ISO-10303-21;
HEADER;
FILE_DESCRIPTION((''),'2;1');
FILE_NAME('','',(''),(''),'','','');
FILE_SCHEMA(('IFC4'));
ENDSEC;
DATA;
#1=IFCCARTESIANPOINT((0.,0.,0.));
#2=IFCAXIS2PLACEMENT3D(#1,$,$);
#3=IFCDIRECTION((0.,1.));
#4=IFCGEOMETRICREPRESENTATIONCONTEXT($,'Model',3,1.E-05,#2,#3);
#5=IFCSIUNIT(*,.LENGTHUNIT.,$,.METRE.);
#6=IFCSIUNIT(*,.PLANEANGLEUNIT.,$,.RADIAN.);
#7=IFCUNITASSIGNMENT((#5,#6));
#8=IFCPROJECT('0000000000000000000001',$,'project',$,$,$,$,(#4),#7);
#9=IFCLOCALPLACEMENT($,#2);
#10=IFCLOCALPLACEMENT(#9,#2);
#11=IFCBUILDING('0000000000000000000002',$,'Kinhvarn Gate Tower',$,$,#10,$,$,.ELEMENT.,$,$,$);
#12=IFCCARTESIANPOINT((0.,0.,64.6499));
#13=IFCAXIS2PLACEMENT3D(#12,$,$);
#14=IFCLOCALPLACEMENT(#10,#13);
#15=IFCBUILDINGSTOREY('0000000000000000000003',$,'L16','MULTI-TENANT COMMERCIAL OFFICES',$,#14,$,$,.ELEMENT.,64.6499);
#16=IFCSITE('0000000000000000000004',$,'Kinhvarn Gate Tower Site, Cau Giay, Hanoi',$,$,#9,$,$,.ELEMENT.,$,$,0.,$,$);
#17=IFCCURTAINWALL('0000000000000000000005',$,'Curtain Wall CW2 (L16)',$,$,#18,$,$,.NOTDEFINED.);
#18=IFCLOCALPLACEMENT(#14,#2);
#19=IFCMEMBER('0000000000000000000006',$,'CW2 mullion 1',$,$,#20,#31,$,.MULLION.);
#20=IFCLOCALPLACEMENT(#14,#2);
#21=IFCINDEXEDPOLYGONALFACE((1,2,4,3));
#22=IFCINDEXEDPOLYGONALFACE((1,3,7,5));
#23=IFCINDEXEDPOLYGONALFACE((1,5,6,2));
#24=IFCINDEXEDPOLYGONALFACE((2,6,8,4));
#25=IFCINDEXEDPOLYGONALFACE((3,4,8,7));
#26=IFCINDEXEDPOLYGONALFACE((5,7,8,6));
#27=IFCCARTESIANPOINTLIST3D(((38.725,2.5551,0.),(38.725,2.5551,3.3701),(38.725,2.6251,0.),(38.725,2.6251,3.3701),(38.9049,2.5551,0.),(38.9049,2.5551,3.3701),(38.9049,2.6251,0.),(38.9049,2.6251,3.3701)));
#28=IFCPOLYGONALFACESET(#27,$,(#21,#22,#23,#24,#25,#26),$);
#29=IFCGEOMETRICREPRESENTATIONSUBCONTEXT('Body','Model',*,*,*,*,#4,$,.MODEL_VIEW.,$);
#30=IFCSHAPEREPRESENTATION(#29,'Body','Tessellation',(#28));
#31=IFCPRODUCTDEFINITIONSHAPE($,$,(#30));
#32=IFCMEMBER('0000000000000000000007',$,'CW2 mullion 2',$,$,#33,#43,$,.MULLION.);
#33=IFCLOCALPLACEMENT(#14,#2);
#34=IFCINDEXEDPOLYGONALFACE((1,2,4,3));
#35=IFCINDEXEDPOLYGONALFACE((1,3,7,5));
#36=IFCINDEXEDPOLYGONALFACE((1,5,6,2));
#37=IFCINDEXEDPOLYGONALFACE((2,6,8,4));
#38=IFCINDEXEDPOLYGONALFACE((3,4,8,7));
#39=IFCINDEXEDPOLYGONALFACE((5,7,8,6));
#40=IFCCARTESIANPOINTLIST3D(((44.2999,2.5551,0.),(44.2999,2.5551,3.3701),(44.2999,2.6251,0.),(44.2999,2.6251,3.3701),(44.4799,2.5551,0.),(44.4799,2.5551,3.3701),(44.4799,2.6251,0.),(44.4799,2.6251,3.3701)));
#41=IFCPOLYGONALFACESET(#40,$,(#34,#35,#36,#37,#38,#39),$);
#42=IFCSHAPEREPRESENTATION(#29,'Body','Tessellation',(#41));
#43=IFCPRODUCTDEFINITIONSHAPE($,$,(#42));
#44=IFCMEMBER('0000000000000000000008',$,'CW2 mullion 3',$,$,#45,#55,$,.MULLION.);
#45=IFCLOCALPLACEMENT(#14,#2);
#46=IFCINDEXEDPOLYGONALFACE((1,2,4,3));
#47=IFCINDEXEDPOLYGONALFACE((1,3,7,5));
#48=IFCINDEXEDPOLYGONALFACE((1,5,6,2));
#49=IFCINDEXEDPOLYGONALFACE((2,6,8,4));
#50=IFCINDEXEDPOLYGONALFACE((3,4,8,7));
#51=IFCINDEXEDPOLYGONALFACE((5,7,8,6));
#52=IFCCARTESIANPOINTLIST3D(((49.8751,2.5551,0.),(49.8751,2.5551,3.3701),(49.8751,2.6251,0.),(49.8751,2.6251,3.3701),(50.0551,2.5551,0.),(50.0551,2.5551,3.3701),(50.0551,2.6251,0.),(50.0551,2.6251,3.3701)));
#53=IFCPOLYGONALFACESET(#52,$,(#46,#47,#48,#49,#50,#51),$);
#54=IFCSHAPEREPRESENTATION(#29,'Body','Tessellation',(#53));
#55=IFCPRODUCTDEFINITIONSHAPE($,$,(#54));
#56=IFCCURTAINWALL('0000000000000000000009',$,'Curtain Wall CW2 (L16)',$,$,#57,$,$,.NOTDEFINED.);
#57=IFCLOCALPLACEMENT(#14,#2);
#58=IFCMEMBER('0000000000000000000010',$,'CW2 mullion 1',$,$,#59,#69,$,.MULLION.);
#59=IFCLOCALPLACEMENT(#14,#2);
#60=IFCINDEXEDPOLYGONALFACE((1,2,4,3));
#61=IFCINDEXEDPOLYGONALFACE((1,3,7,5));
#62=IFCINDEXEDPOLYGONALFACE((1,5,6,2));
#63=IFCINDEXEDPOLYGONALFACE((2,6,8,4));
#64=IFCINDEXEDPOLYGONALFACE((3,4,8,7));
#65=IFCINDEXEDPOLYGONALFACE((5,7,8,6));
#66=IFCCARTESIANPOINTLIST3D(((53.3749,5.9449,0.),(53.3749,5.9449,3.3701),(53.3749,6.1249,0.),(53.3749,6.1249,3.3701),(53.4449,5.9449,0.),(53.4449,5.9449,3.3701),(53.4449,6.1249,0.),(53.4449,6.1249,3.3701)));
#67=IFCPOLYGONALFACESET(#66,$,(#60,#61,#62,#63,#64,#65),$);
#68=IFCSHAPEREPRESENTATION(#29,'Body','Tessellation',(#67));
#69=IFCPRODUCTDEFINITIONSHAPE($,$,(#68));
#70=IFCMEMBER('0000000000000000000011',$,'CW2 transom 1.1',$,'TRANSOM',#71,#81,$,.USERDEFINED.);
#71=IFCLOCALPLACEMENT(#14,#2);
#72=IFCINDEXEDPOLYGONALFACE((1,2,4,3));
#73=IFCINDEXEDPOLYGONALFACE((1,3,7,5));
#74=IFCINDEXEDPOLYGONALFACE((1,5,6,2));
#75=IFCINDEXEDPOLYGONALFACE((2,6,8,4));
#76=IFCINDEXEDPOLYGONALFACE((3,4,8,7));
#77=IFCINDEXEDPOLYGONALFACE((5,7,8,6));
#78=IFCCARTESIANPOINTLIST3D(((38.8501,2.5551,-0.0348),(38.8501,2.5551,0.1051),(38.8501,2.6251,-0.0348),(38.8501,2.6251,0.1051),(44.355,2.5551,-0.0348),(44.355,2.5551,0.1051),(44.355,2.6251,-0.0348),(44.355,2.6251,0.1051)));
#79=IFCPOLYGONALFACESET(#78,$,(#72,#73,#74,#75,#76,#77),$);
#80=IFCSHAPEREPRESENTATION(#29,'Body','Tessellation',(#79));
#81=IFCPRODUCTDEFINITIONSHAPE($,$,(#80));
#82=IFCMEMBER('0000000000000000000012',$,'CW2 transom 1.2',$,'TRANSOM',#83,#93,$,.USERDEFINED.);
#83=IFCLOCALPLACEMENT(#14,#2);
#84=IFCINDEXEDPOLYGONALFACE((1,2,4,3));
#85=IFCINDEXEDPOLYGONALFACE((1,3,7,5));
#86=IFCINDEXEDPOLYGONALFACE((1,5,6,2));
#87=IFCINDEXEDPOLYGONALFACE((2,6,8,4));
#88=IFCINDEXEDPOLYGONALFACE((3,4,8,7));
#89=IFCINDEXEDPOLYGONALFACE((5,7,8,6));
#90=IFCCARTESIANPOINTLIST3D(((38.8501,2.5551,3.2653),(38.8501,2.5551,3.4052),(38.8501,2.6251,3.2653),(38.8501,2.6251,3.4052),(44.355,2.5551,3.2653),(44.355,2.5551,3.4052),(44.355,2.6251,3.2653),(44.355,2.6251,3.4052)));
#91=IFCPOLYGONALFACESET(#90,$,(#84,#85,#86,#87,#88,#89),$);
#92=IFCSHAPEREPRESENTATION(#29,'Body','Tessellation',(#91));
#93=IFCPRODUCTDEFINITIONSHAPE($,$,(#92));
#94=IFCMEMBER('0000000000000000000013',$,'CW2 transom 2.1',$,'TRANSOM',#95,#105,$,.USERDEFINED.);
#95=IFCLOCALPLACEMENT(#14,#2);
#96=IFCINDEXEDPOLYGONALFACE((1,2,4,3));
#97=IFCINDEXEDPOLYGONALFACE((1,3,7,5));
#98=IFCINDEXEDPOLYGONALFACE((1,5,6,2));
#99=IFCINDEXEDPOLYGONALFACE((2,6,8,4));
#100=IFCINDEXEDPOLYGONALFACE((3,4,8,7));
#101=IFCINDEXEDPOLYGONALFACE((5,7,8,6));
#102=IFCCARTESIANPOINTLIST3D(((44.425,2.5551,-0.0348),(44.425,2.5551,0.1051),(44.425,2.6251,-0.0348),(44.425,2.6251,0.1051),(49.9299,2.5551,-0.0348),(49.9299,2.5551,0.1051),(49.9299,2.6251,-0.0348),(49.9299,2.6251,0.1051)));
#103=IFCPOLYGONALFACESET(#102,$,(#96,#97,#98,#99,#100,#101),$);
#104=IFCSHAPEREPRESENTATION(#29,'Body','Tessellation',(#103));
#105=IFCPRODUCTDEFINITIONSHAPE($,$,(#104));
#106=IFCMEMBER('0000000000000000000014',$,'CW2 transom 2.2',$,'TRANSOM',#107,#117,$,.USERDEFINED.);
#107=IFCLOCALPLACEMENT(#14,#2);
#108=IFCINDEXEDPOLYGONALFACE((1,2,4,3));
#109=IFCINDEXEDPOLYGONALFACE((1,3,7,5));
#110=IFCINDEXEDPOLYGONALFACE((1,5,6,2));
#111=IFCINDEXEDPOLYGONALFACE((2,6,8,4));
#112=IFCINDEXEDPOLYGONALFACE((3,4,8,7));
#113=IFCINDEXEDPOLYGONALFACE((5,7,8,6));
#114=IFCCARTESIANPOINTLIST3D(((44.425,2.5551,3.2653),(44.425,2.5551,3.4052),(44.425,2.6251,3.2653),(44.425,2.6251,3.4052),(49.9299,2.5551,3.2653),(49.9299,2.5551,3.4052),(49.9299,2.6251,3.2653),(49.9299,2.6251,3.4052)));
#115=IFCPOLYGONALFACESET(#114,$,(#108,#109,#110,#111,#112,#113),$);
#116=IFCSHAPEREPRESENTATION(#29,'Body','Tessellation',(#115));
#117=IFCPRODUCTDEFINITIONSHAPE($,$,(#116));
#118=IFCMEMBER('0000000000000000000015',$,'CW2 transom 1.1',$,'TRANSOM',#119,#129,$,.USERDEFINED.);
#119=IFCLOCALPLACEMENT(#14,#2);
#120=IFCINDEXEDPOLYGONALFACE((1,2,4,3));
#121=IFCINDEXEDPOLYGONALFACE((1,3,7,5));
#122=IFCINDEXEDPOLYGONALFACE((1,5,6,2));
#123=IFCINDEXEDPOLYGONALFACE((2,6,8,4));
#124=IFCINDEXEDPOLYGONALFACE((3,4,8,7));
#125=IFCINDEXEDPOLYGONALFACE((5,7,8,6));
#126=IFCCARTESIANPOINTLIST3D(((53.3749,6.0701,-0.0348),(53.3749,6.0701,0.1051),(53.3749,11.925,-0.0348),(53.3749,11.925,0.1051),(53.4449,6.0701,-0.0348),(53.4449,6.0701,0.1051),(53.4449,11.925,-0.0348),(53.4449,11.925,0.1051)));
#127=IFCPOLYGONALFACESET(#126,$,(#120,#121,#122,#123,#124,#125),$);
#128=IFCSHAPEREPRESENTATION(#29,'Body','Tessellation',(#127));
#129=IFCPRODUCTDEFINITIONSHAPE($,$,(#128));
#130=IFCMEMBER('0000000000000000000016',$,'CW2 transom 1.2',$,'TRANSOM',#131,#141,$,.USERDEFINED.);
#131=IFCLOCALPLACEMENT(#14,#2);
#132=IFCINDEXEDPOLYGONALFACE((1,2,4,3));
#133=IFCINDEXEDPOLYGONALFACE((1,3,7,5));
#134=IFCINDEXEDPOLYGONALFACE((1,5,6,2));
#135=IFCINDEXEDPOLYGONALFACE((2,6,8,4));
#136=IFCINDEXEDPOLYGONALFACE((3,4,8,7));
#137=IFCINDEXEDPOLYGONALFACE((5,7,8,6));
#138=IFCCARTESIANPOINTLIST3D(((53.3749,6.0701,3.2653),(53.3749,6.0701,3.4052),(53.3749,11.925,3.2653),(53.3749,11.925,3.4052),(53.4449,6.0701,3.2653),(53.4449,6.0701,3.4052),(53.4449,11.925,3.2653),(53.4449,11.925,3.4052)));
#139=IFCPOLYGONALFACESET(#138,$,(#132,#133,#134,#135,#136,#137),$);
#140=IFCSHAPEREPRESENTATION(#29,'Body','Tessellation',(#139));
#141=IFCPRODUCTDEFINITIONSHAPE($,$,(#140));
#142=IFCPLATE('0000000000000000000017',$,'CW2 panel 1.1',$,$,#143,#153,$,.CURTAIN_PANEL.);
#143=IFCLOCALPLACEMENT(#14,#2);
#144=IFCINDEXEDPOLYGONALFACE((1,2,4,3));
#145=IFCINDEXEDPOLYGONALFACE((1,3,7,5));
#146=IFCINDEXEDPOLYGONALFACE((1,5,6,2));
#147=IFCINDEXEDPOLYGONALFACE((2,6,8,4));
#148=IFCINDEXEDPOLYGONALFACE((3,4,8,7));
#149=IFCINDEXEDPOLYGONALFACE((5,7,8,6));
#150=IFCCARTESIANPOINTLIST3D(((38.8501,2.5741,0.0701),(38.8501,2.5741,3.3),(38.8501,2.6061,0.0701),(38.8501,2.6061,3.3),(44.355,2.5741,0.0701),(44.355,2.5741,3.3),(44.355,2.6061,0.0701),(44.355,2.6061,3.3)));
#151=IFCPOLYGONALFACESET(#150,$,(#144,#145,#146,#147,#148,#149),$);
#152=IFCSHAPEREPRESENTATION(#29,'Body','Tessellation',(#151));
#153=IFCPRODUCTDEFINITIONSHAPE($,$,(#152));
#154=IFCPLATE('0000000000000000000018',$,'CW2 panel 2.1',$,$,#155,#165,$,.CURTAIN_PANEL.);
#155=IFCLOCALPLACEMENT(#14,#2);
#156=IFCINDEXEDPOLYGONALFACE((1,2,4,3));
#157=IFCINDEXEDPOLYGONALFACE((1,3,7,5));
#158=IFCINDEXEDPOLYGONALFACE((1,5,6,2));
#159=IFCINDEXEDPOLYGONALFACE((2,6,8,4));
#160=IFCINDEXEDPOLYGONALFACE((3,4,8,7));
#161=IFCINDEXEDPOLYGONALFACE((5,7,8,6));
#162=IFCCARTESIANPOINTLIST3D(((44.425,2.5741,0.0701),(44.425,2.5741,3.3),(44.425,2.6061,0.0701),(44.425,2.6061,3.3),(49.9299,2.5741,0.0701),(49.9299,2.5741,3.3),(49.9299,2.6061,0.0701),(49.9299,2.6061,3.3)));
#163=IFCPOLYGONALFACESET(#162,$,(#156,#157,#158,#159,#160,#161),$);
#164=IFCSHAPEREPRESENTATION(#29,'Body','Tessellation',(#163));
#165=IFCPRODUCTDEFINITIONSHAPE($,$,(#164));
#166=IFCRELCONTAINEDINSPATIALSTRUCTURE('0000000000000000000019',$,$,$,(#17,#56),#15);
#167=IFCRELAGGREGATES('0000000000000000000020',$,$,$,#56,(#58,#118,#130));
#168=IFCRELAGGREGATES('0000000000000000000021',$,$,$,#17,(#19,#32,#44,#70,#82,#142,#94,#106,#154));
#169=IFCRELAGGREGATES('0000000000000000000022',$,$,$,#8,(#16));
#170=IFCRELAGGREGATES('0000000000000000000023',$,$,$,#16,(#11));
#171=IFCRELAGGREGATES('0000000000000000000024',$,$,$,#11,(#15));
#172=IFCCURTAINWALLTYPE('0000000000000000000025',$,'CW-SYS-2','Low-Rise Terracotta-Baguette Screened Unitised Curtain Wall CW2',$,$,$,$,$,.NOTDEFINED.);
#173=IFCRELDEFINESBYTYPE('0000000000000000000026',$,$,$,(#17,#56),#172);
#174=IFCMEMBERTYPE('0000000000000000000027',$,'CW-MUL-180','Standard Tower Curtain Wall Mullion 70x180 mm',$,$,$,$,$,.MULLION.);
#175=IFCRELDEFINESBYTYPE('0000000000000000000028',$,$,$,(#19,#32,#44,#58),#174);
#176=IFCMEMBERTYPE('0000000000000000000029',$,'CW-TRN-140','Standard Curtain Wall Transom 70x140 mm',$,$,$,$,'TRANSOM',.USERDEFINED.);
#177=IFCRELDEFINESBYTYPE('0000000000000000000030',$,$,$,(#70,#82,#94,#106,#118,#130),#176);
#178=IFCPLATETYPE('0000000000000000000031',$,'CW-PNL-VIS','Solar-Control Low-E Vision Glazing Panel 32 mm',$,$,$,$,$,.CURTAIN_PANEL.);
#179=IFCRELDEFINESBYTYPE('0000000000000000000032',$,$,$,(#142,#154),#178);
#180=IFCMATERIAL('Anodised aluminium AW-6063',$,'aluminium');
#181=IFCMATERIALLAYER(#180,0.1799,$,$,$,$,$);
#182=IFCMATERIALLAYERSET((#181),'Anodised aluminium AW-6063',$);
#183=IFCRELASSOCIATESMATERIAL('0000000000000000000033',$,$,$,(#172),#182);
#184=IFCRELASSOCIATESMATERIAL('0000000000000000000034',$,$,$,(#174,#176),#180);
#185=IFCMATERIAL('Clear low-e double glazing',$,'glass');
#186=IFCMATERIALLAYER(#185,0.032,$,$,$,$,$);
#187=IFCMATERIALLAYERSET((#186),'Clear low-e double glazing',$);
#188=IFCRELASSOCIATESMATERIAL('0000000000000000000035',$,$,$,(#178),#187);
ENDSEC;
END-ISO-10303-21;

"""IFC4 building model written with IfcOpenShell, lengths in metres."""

from ifc_helpers import new_model, si_unit, direction, frame, origin, origin_2d, place, context, subcontext, project, spatial, rectangle, extrude, material, layer, layer_set, material_profile, profile_set, type_object, element, aggregate, save


model = new_model("IFC4")

# Units and contexts
model_context = context("Model", 3, precision=1e-05, world=origin(), true_north=direction((0.0, 1.0)))
body_context = subcontext(model_context, "Body", "Model", "MODEL_VIEW")
ifc_project = project(units=[si_unit("LENGTHUNIT", "METRE"), si_unit("PLANEANGLEUNIT", "RADIAN")], contexts=[model_context])

# Site, building, storey
site_placement = place(None, origin())
site = spatial("IfcSite", under=ifc_project, at=site_placement, Name="Kinhvarn Gate Tower Site, Cau Giay, Hanoi", CompositionType="ELEMENT", RefElevation=0.0)
building_placement = place(site_placement, origin())
building = spatial("IfcBuilding", under=site, at=building_placement, Name="Kinhvarn Gate Tower", CompositionType="ELEMENT")
storey_placement = place(building_placement, frame((0.0, 0.0, 64.6499)))
storey = spatial("IfcBuildingStorey", under=building, at=storey_placement, Name="L16", Description="MULTI-TENANT COMMERCIAL OFFICES", CompositionType="ELEMENT", Elevation=64.6499)

# Curtain wall, members
ifc_material_1 = material(Name="Anodised aluminium AW-6063", Category="aluminium")
ifc_layer_1 = layer(ifc_material_1, 0.1799)
ifc_layer_set_1 = layer_set([ifc_layer_1], Name="Anodised aluminium AW-6063")
curtain_wall_type = type_object("IfcCurtainWallType", Name="CW-SYS-2", Description="Low-Rise Terracotta-Baguette Screened Unitised Curtain Wall CW2", PredefinedType="NOTDEFINED", material=ifc_layer_set_1)
curtain_wall_1_placement = place(storey_placement, origin())
curtain_wall_1 = element("IfcCurtainWall", 1, at=curtain_wall_1_placement, inside=storey, type_object=curtain_wall_type, Name="Curtain Wall CW2 (L16)", PredefinedType="NOTDEFINED")
ifc_material_profile_1 = material_profile(ifc_material_1, rectangle(XDim=0.0701, YDim=0.1799, at=origin_2d()), Name="ALU 70x180")
ifc_profile_set_1 = profile_set([ifc_material_profile_1], Name="Anodised aluminium AW-6063")
member_type_1 = type_object("IfcMemberType", Name="CW-MUL-180", Description="Standard Tower Curtain Wall Mullion 70x180 mm", PredefinedType="MULLION", material=ifc_profile_set_1)
member_1_placement = place(storey_placement, frame((38.8149, 2.5901, 0.0), z_axis=(0.0, 0.0, 1.0), x_axis=(0.0, 1.0, 0.0)))
member_1 = element("IfcMember", 2, at=member_1_placement, type_object=member_type_1, Name="CW2 mullion 1", PredefinedType="MULLION", context=body_context, shape_type="SweptSolid", body=[
    extrude(rectangle(XDim=0.0701, YDim=0.1799, at=origin_2d()), origin(), (0.0, 0.0, 1.0), 3.3701),
])
member_2_placement = place(storey_placement, frame((44.3899, 2.5901, 0.0), z_axis=(0.0, 0.0, 1.0), x_axis=(0.0, 1.0, 0.0)))
member_2 = element("IfcMember", 3, at=member_2_placement, type_object=member_type_1, Name="CW2 mullion 2", PredefinedType="MULLION", context=body_context, shape_type="SweptSolid", body=[
    extrude(rectangle(XDim=0.0701, YDim=0.1799, at=origin_2d()), origin(), (0.0, 0.0, 1.0), 3.3701),
])
member_3_placement = place(storey_placement, frame((49.9651, 2.5901, 0.0), z_axis=(0.0, 0.0, 1.0), x_axis=(0.0, 1.0, 0.0)))
member_3 = element("IfcMember", 4, at=member_3_placement, type_object=member_type_1, Name="CW2 mullion 3", PredefinedType="MULLION", context=body_context, shape_type="SweptSolid", body=[
    extrude(rectangle(XDim=0.0701, YDim=0.1799, at=origin_2d()), origin(), (0.0, 0.0, 1.0), 3.3701),
])

# Curtain wall, member
curtain_wall_2_placement = place(storey_placement, origin())
curtain_wall_2 = element("IfcCurtainWall", 5, at=curtain_wall_2_placement, inside=storey, type_object=curtain_wall_type, Name="Curtain Wall CW2 (L16)", PredefinedType="NOTDEFINED")
member_4_placement = place(storey_placement, frame((53.4099, 6.0349, 0.0), z_axis=(0.0, 0.0, 1.0), x_axis=(-1.0, 0.0, 0.0)))
member_4 = element("IfcMember", 6, at=member_4_placement, type_object=member_type_1, Name="CW2 mullion 1", PredefinedType="MULLION", context=body_context, shape_type="SweptSolid", body=[
    extrude(rectangle(XDim=0.0701, YDim=0.1799, at=origin_2d()), origin(), (0.0, 0.0, 1.0), 3.3701),
])

# Members
ifc_material_profile_2 = material_profile(ifc_material_1, rectangle(XDim=0.0701, YDim=0.1399, at=origin_2d()), Name="ALU 70x140")
ifc_profile_set_2 = profile_set([ifc_material_profile_2], Name="Anodised aluminium AW-6063")
member_type_2 = type_object("IfcMemberType", Name="CW-TRN-140", Description="Standard Curtain Wall Transom 70x140 mm", ElementType="TRANSOM", PredefinedType="USERDEFINED", material=ifc_profile_set_2)
member_5_placement = place(storey_placement, frame((38.8501, 2.5901, 0.0352), z_axis=(1.0, 0.0, 0.0), x_axis=(0.0, 1.0, 0.0)))
member_5 = element("IfcMember", 7, at=member_5_placement, type_object=member_type_2, Name="CW2 transom 1.1", ObjectType="TRANSOM", PredefinedType="USERDEFINED", context=body_context, shape_type="SweptSolid", body=[
    extrude(rectangle(XDim=0.0701, YDim=0.1399, at=origin_2d()), origin(), (0.0, 0.0, 1.0), 5.5049),
])
member_6_placement = place(storey_placement, frame((38.8501, 2.5901, 3.3352), z_axis=(1.0, 0.0, 0.0), x_axis=(0.0, 1.0, 0.0)))
member_6 = element("IfcMember", 8, at=member_6_placement, type_object=member_type_2, Name="CW2 transom 1.2", ObjectType="TRANSOM", PredefinedType="USERDEFINED", context=body_context, shape_type="SweptSolid", body=[
    extrude(rectangle(XDim=0.0701, YDim=0.1399, at=origin_2d()), origin(), (0.0, 0.0, 1.0), 5.5049),
])
member_7_placement = place(storey_placement, frame((44.425, 2.5901, 0.0352), z_axis=(1.0, 0.0, 0.0), x_axis=(0.0, 1.0, 0.0)))
member_7 = element("IfcMember", 9, at=member_7_placement, type_object=member_type_2, Name="CW2 transom 2.1", ObjectType="TRANSOM", PredefinedType="USERDEFINED", context=body_context, shape_type="SweptSolid", body=[
    extrude(rectangle(XDim=0.0701, YDim=0.1399, at=origin_2d()), origin(), (0.0, 0.0, 1.0), 5.5049),
])
member_8_placement = place(storey_placement, frame((44.425, 2.5901, 3.3352), z_axis=(1.0, 0.0, 0.0), x_axis=(0.0, 1.0, 0.0)))
member_8 = element("IfcMember", 10, at=member_8_placement, type_object=member_type_2, Name="CW2 transom 2.2", ObjectType="TRANSOM", PredefinedType="USERDEFINED", context=body_context, shape_type="SweptSolid", body=[
    extrude(rectangle(XDim=0.0701, YDim=0.1399, at=origin_2d()), origin(), (0.0, 0.0, 1.0), 5.5049),
])
member_9_placement = place(storey_placement, frame((53.4099, 6.0701, 0.0352), z_axis=(0.0, 1.0, 0.0), x_axis=(-1.0, 0.0, 0.0)))
member_9 = element("IfcMember", 11, at=member_9_placement, type_object=member_type_2, Name="CW2 transom 1.1", ObjectType="TRANSOM", PredefinedType="USERDEFINED", context=body_context, shape_type="SweptSolid", body=[
    extrude(rectangle(XDim=0.0701, YDim=0.1399, at=origin_2d()), origin(), (0.0, 0.0, 1.0), 5.855),
])
member_10_placement = place(storey_placement, frame((53.4099, 6.0701, 3.3352), z_axis=(0.0, 1.0, 0.0), x_axis=(-1.0, 0.0, 0.0)))
member_10 = element("IfcMember", 12, at=member_10_placement, type_object=member_type_2, Name="CW2 transom 1.2", ObjectType="TRANSOM", PredefinedType="USERDEFINED", context=body_context, shape_type="SweptSolid", body=[
    extrude(rectangle(XDim=0.0701, YDim=0.1399, at=origin_2d()), origin(), (0.0, 0.0, 1.0), 5.855),
])
aggregate(curtain_wall_2, [member_4, member_9, member_10])

# Plates
ifc_material_2 = material(Name="Clear low-e double glazing", Category="glass")
ifc_layer_2 = layer(ifc_material_2, 0.032)
ifc_layer_set_2 = layer_set([ifc_layer_2], Name="Clear low-e double glazing")
plate_type = type_object("IfcPlateType", Name="CW-PNL-VIS", Description="Solar-Control Low-E Vision Glazing Panel 32 mm", PredefinedType="CURTAIN_PANEL", material=ifc_layer_set_2)
plate_1_placement = place(storey_placement, frame((41.6025, 2.5901, 0.0701), z_axis=(0.0, 0.0, 1.0), x_axis=(1.0, 0.0, 0.0)))
plate_1 = element("IfcPlate", 13, at=plate_1_placement, type_object=plate_type, Name="CW2 panel 1.1", PredefinedType="CURTAIN_PANEL", context=body_context, shape_type="SweptSolid", body=[
    extrude(rectangle(XDim=5.5049, YDim=0.032, at=origin_2d()), origin(), (0.0, 0.0, 1.0), 3.23),
])
plate_2_placement = place(storey_placement, frame((47.1775, 2.5901, 0.0701), z_axis=(0.0, 0.0, 1.0), x_axis=(1.0, 0.0, 0.0)))
plate_2 = element("IfcPlate", 14, at=plate_2_placement, type_object=plate_type, Name="CW2 panel 2.1", PredefinedType="CURTAIN_PANEL", context=body_context, shape_type="SweptSolid", body=[
    extrude(rectangle(XDim=5.5049, YDim=0.032, at=origin_2d()), origin(), (0.0, 0.0, 1.0), 3.23),
])
aggregate(curtain_wall_1, [member_1, member_2, member_3, member_5, member_6, plate_1, member_7, member_8, plate_2])

save(model, "model.ifc")
